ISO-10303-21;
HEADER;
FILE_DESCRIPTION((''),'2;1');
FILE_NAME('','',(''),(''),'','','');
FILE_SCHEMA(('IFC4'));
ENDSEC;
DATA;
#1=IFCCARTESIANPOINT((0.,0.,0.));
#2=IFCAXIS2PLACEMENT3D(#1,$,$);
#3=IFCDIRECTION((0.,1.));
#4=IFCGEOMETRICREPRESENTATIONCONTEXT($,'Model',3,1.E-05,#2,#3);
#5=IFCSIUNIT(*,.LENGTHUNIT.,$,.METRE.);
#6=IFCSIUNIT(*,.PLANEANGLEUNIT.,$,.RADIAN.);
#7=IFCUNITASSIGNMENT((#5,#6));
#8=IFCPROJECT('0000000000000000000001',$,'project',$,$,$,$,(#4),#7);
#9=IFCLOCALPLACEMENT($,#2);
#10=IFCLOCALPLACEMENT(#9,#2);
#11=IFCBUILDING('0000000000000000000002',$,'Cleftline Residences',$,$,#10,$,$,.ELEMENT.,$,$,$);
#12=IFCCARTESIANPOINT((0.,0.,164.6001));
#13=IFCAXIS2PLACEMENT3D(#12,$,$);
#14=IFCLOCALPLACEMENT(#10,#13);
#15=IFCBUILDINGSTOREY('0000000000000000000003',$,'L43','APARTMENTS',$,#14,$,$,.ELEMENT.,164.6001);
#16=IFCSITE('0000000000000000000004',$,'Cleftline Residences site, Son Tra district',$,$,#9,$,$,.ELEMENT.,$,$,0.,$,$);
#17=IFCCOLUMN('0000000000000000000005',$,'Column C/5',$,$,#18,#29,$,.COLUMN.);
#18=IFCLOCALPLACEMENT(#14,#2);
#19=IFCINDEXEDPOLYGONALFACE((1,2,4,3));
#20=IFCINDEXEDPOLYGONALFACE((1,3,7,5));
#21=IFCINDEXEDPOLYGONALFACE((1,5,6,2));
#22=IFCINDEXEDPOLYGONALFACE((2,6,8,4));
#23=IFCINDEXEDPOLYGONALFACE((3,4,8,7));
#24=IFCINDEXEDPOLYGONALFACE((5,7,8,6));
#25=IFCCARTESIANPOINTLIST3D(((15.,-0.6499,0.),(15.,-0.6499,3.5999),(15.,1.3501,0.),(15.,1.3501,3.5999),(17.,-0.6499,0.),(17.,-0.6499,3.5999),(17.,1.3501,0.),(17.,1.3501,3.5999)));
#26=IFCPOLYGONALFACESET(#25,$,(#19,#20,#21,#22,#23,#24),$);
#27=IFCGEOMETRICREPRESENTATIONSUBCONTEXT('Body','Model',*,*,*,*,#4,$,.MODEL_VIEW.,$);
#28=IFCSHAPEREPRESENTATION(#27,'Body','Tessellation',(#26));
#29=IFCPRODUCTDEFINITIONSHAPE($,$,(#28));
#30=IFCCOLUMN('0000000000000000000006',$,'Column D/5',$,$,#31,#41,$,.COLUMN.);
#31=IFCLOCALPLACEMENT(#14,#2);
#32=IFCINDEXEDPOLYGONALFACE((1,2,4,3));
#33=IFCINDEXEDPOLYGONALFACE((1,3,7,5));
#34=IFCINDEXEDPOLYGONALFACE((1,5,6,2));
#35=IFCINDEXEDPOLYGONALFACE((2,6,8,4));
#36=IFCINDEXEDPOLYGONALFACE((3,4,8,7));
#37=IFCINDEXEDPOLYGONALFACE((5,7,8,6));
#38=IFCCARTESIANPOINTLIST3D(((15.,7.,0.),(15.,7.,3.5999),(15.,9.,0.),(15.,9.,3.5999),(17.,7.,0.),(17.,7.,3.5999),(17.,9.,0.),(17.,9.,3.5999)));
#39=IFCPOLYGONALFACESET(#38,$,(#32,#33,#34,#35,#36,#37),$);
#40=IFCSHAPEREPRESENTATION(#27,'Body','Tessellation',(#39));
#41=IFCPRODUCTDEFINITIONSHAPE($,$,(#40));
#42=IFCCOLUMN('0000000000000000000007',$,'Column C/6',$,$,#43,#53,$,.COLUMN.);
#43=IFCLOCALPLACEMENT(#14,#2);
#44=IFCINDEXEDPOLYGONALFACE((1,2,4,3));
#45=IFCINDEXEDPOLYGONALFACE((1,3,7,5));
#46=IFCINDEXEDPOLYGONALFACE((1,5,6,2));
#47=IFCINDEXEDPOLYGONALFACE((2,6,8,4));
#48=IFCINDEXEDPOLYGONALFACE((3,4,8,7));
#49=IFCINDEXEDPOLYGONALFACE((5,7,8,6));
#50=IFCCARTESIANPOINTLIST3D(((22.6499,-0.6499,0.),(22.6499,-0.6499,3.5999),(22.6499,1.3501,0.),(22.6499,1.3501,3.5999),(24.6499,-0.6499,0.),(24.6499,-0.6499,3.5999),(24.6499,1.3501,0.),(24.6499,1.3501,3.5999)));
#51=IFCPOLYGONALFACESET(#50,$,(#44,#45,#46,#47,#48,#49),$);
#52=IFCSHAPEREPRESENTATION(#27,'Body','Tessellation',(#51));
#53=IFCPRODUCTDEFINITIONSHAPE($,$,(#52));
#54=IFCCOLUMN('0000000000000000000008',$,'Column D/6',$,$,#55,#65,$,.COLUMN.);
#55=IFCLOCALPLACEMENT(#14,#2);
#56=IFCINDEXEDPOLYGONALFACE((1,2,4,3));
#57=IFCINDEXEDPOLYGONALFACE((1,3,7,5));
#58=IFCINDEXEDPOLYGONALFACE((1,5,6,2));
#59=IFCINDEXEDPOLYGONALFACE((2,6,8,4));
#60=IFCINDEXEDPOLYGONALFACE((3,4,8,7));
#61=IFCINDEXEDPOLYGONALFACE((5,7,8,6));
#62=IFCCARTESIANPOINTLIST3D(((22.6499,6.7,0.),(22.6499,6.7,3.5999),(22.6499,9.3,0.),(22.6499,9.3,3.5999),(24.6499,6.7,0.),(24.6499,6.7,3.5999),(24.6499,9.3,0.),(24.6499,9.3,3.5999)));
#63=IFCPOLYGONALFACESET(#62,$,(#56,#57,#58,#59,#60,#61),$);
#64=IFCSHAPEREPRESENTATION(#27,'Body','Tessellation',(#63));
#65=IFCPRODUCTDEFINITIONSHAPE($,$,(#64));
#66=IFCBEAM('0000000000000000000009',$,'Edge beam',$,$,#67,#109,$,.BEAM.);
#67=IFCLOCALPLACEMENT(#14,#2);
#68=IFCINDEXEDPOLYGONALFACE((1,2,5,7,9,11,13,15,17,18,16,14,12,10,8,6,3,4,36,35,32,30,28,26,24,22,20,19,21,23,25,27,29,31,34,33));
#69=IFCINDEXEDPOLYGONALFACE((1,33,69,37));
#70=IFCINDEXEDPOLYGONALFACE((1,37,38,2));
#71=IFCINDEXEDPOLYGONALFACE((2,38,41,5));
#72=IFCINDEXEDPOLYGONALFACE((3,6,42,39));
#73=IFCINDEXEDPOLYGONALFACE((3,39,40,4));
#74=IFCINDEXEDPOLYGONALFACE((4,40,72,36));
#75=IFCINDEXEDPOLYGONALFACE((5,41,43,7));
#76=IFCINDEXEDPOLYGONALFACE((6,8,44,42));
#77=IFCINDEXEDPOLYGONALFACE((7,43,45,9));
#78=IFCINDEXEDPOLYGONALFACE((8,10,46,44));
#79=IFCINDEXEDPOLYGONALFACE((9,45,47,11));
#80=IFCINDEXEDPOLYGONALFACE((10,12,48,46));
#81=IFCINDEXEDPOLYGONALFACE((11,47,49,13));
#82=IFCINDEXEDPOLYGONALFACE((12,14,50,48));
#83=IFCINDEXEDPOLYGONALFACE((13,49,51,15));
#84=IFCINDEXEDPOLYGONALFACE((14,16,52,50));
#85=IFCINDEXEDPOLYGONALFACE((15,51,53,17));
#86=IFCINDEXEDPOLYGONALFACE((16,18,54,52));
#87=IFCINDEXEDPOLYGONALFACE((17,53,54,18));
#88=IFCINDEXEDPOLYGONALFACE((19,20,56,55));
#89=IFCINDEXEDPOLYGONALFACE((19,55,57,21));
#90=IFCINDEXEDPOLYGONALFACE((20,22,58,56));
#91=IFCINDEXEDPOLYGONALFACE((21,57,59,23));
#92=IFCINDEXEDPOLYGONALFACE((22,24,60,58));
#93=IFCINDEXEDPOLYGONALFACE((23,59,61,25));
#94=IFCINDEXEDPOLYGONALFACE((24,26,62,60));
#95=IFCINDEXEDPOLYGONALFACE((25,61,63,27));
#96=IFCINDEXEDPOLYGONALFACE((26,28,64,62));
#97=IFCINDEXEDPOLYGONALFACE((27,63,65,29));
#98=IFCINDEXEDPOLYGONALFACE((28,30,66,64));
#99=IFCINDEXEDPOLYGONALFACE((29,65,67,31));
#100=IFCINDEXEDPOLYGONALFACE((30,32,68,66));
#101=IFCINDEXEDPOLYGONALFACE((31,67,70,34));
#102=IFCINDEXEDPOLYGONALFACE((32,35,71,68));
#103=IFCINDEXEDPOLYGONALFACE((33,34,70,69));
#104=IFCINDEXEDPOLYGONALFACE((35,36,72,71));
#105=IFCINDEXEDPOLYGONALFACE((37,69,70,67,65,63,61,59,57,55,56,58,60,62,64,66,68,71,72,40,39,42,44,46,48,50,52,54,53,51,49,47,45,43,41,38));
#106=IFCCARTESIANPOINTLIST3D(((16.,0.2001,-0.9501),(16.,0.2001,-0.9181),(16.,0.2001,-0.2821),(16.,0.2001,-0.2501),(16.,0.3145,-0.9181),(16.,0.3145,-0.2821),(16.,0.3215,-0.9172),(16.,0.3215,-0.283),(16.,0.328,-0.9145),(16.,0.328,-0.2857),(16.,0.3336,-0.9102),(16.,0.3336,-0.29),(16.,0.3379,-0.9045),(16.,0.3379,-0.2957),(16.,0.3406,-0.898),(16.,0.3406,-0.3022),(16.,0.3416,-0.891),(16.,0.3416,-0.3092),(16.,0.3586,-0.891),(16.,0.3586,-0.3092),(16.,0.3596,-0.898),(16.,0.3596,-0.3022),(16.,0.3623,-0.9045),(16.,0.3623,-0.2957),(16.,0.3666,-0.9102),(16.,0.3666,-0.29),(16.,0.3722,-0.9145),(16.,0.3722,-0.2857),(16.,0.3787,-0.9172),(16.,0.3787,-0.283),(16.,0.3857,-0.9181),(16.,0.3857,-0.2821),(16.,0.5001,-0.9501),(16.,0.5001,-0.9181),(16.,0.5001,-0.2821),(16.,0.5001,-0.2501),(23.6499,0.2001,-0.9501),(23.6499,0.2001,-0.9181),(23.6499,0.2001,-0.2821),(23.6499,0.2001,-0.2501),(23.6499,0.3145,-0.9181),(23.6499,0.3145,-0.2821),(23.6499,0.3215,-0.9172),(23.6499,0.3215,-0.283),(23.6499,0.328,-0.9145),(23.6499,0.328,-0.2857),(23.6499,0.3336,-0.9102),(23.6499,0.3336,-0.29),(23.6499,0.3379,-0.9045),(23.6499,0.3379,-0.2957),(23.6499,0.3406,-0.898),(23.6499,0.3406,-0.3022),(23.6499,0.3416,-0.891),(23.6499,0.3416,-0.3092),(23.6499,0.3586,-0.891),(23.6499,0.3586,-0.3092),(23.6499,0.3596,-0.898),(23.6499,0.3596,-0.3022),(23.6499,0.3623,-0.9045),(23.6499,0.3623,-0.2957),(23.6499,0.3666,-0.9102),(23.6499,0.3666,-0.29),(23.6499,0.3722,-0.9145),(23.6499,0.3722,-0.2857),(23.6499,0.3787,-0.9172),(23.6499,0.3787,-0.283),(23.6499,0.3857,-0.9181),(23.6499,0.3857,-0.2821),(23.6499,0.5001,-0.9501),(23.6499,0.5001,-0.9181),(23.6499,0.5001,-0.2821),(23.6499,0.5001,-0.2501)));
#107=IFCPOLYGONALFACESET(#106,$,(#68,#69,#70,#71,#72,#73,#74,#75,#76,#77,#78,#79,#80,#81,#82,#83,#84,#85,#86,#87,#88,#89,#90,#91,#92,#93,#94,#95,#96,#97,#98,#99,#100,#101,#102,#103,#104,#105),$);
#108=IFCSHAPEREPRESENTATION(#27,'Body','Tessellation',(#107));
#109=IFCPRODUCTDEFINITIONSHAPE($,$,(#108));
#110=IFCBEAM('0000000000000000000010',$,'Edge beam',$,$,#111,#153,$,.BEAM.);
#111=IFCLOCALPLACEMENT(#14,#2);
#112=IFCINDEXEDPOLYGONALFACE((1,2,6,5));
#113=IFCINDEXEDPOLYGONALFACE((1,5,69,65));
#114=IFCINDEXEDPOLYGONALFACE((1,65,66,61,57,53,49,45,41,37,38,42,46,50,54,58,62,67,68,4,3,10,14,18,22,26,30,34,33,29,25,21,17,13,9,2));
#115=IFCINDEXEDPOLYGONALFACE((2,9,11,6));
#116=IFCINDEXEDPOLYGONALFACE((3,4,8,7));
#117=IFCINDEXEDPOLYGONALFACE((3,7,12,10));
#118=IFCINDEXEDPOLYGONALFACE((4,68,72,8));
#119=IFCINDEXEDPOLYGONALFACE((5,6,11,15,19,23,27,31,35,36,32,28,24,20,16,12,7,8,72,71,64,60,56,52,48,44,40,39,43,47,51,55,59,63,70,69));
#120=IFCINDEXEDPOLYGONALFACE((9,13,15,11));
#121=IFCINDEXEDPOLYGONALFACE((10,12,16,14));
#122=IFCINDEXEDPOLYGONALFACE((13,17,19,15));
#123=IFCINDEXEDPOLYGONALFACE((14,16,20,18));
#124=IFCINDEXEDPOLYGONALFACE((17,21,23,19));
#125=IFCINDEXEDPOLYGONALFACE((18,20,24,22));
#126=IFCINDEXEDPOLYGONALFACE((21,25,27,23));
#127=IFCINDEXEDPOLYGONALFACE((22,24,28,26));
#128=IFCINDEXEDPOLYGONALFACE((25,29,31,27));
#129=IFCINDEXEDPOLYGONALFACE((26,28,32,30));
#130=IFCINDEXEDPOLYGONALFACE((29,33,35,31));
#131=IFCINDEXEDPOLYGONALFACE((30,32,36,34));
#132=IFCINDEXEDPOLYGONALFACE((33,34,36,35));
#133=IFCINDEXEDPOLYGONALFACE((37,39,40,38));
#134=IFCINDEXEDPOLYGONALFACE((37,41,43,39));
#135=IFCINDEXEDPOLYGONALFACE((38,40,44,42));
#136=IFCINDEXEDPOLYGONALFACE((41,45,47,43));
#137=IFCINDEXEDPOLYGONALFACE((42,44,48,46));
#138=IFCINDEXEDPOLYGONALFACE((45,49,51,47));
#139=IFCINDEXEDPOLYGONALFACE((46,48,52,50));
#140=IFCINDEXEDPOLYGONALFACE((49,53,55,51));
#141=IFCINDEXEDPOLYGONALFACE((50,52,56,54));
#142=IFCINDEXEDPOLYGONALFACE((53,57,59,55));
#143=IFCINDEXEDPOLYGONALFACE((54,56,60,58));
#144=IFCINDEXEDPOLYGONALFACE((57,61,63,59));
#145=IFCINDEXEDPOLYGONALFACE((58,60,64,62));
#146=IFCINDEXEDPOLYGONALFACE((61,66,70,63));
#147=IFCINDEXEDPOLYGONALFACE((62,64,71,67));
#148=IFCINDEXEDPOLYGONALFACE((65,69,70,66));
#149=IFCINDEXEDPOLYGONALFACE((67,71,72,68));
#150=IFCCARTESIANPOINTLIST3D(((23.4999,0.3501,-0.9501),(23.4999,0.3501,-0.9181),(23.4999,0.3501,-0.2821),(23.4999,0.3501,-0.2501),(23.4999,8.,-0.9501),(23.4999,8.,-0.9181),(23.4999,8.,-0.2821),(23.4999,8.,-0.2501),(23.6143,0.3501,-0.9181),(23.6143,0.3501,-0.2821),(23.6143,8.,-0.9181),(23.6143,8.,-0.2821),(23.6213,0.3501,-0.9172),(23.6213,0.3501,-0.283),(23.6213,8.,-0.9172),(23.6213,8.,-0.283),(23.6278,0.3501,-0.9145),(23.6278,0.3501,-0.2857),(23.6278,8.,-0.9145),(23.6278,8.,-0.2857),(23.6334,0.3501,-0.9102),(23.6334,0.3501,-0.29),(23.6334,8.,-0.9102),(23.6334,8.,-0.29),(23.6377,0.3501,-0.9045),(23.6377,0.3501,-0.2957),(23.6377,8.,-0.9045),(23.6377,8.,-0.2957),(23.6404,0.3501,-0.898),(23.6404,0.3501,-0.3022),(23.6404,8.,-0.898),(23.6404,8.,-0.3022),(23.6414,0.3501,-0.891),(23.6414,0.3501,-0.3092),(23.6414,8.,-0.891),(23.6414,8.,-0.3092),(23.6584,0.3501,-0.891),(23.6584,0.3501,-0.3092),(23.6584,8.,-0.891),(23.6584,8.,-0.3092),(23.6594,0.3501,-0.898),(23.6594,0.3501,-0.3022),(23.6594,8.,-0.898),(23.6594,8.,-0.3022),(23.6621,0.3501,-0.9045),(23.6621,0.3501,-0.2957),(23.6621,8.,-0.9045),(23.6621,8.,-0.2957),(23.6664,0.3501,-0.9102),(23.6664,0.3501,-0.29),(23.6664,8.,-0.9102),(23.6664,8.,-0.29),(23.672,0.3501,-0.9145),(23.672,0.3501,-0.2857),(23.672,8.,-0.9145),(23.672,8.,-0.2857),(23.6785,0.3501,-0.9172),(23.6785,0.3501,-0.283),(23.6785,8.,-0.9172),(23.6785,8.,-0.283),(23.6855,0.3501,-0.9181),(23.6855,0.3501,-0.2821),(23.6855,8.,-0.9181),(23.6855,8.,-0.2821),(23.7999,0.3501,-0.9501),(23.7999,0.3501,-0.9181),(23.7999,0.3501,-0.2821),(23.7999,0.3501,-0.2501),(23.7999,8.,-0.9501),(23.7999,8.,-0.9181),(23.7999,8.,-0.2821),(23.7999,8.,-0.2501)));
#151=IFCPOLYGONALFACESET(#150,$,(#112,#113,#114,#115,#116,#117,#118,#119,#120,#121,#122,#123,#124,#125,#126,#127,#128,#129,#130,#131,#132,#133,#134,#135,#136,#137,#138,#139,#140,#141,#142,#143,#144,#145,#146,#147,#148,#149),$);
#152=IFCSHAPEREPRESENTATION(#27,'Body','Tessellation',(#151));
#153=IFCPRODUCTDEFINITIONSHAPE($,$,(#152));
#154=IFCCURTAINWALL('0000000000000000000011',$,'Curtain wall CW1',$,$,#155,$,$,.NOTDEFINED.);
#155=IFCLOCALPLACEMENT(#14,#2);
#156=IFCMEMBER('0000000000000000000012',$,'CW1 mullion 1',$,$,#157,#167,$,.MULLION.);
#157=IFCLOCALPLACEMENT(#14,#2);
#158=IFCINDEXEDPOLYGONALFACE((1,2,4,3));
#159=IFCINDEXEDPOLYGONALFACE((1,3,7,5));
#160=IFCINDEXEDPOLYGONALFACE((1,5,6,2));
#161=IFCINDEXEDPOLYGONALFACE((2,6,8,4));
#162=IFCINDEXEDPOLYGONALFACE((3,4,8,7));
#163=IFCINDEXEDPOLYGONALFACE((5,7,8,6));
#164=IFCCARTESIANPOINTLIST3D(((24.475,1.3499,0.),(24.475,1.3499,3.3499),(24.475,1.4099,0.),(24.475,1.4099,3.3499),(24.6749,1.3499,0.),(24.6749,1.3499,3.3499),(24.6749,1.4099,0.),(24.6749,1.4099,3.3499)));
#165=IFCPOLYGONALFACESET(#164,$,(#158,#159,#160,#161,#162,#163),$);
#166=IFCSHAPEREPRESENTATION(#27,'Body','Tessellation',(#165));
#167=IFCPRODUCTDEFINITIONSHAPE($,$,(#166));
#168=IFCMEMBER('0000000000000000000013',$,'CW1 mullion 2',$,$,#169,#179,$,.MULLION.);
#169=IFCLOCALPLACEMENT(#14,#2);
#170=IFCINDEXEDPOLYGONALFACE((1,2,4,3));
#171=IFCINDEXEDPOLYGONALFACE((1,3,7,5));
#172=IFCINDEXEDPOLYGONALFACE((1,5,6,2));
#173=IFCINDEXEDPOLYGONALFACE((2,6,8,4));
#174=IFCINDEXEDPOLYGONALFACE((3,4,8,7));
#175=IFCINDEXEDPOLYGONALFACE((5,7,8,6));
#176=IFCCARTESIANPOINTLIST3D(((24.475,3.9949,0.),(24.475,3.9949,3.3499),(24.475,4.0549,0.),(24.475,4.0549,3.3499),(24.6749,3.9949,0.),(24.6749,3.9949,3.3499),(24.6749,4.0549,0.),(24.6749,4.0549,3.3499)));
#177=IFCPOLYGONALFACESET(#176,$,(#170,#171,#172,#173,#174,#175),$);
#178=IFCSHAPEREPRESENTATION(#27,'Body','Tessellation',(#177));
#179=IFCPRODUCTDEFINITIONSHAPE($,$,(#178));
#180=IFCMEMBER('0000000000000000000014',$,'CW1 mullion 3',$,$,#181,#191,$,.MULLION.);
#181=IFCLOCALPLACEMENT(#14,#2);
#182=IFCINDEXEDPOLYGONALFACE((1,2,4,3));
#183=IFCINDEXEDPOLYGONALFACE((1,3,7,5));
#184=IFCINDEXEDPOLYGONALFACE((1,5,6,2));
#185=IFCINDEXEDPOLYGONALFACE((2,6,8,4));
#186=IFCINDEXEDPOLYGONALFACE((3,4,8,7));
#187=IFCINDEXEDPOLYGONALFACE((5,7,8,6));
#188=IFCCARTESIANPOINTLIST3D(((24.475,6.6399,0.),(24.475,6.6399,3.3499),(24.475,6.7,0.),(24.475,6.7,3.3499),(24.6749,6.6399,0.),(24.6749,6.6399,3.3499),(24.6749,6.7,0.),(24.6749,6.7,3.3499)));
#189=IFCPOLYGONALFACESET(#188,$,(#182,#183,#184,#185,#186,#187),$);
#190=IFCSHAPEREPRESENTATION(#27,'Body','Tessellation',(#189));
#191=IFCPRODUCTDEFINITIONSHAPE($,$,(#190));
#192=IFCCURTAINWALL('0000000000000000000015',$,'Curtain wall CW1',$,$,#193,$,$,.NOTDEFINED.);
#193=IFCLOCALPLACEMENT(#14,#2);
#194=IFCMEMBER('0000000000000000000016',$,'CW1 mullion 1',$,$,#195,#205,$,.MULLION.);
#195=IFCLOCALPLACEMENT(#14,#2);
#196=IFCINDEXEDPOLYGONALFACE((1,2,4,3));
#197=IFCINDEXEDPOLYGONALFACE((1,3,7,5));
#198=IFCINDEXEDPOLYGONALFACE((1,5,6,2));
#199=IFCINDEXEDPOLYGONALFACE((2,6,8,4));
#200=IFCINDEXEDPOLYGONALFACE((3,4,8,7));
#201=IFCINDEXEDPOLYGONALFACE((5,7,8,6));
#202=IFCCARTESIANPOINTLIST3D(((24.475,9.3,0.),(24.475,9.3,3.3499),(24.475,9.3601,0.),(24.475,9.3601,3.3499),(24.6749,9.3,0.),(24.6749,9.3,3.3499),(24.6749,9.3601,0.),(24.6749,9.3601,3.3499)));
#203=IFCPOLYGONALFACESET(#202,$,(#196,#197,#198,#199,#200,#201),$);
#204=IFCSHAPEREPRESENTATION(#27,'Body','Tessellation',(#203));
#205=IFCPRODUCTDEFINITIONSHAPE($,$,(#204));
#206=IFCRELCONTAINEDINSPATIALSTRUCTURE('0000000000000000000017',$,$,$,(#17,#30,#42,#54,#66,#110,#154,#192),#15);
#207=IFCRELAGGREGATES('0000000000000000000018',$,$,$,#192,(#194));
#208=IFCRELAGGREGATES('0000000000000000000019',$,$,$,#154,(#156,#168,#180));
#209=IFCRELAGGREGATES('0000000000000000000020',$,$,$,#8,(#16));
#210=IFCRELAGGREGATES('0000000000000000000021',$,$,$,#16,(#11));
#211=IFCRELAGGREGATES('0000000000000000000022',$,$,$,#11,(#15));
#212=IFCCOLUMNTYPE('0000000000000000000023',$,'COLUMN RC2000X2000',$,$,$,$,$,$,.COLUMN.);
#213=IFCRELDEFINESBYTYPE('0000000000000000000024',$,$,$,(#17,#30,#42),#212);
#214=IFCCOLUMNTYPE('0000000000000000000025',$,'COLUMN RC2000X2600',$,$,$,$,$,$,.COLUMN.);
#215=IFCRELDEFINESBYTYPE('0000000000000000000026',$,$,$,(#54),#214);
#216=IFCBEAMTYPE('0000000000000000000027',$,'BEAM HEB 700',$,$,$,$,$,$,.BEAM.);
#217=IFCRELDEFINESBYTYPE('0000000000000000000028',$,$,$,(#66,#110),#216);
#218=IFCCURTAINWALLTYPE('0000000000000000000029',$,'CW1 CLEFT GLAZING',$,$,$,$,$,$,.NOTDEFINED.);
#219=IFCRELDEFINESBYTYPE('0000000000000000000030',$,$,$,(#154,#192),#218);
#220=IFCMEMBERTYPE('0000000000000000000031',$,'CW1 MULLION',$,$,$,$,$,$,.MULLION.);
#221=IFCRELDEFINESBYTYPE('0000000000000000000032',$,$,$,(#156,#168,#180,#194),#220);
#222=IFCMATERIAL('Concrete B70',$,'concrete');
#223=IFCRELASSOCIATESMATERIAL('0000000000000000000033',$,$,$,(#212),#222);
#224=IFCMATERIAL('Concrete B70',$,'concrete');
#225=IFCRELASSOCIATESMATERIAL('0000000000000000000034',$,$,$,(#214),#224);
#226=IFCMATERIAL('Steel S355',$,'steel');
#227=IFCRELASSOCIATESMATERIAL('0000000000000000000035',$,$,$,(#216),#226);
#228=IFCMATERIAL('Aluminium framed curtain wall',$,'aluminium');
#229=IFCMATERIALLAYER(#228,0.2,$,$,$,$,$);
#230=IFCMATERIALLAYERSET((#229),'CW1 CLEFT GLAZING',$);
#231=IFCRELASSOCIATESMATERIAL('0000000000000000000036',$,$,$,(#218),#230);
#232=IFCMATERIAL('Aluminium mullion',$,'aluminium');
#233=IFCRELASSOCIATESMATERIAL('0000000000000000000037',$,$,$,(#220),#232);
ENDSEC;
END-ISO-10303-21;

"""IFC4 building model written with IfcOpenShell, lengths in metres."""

from ifc_helpers import new_model, si_unit, direction, frame, origin, origin_2d, place, context, subcontext, project, spatial, rectangle, i_section, extrude, material, layer, layer_set, material_profile, profile_set, type_object, element, aggregate, save


model = new_model("IFC4")

# Units and contexts
model_context = context("Model", 3, precision=1e-05, world=origin(), true_north=direction((0.0, 1.0)))
body_context = subcontext(model_context, "Body", "Model", "MODEL_VIEW")
ifc_project = project(units=[si_unit("LENGTHUNIT", "METRE"), si_unit("PLANEANGLEUNIT", "RADIAN")], contexts=[model_context])

# Site, building, storey
site_placement = place(None, origin())
site = spatial("IfcSite", under=ifc_project, at=site_placement, Name="Cleftline Residences site, Son Tra district", CompositionType="ELEMENT", RefElevation=0.0)
building_placement = place(site_placement, origin())
building = spatial("IfcBuilding", under=site, at=building_placement, Name="Cleftline Residences", CompositionType="ELEMENT")
storey_placement = place(building_placement, frame((0.0, 0.0, 164.6001)))
storey = spatial("IfcBuildingStorey", under=building, at=storey_placement, Name="L43", Description="APARTMENTS", CompositionType="ELEMENT", Elevation=164.6001)

# Columns
ifc_material_1 = material(Name="Concrete B70", Category="concrete")
ifc_material_profile_1 = material_profile(ifc_material_1, rectangle(XDim=2.0, YDim=2.0, at=origin_2d()))
ifc_profile_set_1 = profile_set([ifc_material_profile_1], Name="Concrete B70")
column_type_1 = type_object("IfcColumnType", Name="COLUMN RC2000X2000", PredefinedType="COLUMN", material=ifc_profile_set_1)
for number, where, z_axis, x_axis, name in (
    (1, (16.0, 0.3501, 0.0), (0.0, 0.0, 1.0), (1.0, 0.0, 0.0), "Column C/5"),
    (2, (16.0, 8.0, 0.0), (0.0, 0.0, 1.0), (1.0, 0.0, 0.0), "Column D/5"),
    (3, (23.6499, 0.3501, 0.0), (0.0, 0.0, 1.0), (1.0, 0.0, 0.0), "Column C/6"),
):
    element("IfcColumn", number, at=place(storey_placement, frame(where, z_axis=z_axis, x_axis=x_axis)), inside=storey, type_object=column_type_1, Name=name, PredefinedType="COLUMN", context=body_context, shape_type="SweptSolid", body=[
        extrude(rectangle(XDim=2.0, YDim=2.0, at=origin_2d()), origin(), (0.0, 0.0, 1.0), 3.5999),
    ])
ifc_material_2 = material(Name="Concrete B70", Category="concrete")
ifc_material_profile_2 = material_profile(ifc_material_2, rectangle(XDim=2.0, YDim=2.6001, at=origin_2d()))
ifc_profile_set_2 = profile_set([ifc_material_profile_2], Name="Concrete B70")
column_type_2 = type_object("IfcColumnType", Name="COLUMN RC2000X2600", PredefinedType="COLUMN", material=ifc_profile_set_2)
column_placement = place(storey_placement, frame((23.6499, 8.0, 0.0), z_axis=(0.0, 0.0, 1.0), x_axis=(1.0, 0.0, 0.0)))
element("IfcColumn", 4, at=column_placement, inside=storey, type_object=column_type_2, Name="Column D/6", PredefinedType="COLUMN", context=body_context, shape_type="SweptSolid", body=[
    extrude(rectangle(XDim=2.0, YDim=2.6001, at=origin_2d()), origin(), (0.0, 0.0, 1.0), 3.5999),
])

# Beams
ifc_material_3 = material(Name="Steel S355", Category="steel")
ifc_material_profile_3 = material_profile(ifc_material_3, i_section(OverallWidth=0.3, OverallDepth=0.7, WebThickness=0.0171, FlangeThickness=0.032, FilletRadius=0.0271, at=origin_2d()))
ifc_profile_set_3 = profile_set([ifc_material_profile_3], Name="Steel S355")
beam_type = type_object("IfcBeamType", Name="BEAM HEB 700", PredefinedType="BEAM", material=ifc_profile_set_3)
for number, where, z_axis, x_axis, name in (
    (5, (16.0, 0.3501, -0.6001), (1.0, 0.0, 0.0), (0.0, 1.0, 0.0), "Edge beam"),
    (6, (23.6499, 0.3501, -0.6001), (0.0, 1.0, 0.0), (-1.0, 0.0, 0.0), "Edge beam"),
):
    element("IfcBeam", number, at=place(storey_placement, frame(where, z_axis=z_axis, x_axis=x_axis)), inside=storey, type_object=beam_type, Name=name, PredefinedType="BEAM", context=body_context, shape_type="SweptSolid", body=[
        extrude(i_section(OverallWidth=0.3, OverallDepth=0.7, WebThickness=0.0171, FlangeThickness=0.032, FilletRadius=0.0271, at=origin_2d()), origin(), (0.0, 0.0, 1.0), 7.6499),
    ])

# Curtain wall, members
ifc_material_4 = material(Name="Aluminium framed curtain wall", Category="aluminium")
ifc_layer_1 = layer(ifc_material_4, 0.2)
ifc_layer_set_1 = layer_set([ifc_layer_1], Name="CW1 CLEFT GLAZING")
curtain_wall_type = type_object("IfcCurtainWallType", Name="CW1 CLEFT GLAZING", PredefinedType="NOTDEFINED", material=ifc_layer_set_1)
curtain_wall_1_placement = place(storey_placement, origin())
curtain_wall_1 = element("IfcCurtainWall", 7, at=curtain_wall_1_placement, inside=storey, type_object=curtain_wall_type, Name="Curtain wall CW1", PredefinedType="NOTDEFINED")
ifc_material_5 = material(Name="Aluminium mullion", Category="aluminium")
ifc_material_profile_4 = material_profile(ifc_material_5, rectangle(XDim=0.2, YDim=0.0601, at=origin_2d()))
ifc_profile_set_4 = profile_set([ifc_material_profile_4], Name="Aluminium mullion")
member_type_1 = type_object("IfcMemberType", Name="CW1 MULLION", PredefinedType="MULLION", material=ifc_profile_set_4)
member_1_placement = place(storey_placement, frame((24.575, 1.3799, 0.0), z_axis=(0.0, 0.0, 1.0), x_axis=(-1.0, 0.0, 0.0)))
member_1 = element("IfcMember", 8, at=member_1_placement, type_object=member_type_1, Name="CW1 mullion 1", PredefinedType="MULLION", context=body_context, shape_type="SweptSolid", body=[
    extrude(rectangle(XDim=0.2, YDim=0.0601, at=origin_2d()), origin(), (0.0, 0.0, 1.0), 3.3499),
])
member_2_placement = place(storey_placement, frame((24.575, 4.0249, 0.0), z_axis=(0.0, 0.0, 1.0), x_axis=(-1.0, 0.0, 0.0)))
member_2 = element("IfcMember", 9, at=member_2_placement, type_object=member_type_1, Name="CW1 mullion 2", PredefinedType="MULLION", context=body_context, shape_type="SweptSolid", body=[
    extrude(rectangle(XDim=0.2, YDim=0.0601, at=origin_2d()), origin(), (0.0, 0.0, 1.0), 3.3499),
])
member_3_placement = place(storey_placement, frame((24.575, 6.6699, 0.0), z_axis=(0.0, 0.0, 1.0), x_axis=(-1.0, 0.0, 0.0)))
member_3 = element("IfcMember", 10, at=member_3_placement, type_object=member_type_1, Name="CW1 mullion 3", PredefinedType="MULLION", context=body_context, shape_type="SweptSolid", body=[
    extrude(rectangle(XDim=0.2, YDim=0.0601, at=origin_2d()), origin(), (0.0, 0.0, 1.0), 3.3499),
])

# Curtain wall, member
curtain_wall_2_placement = place(storey_placement, origin())
curtain_wall_2 = element("IfcCurtainWall", 11, at=curtain_wall_2_placement, inside=storey, type_object=curtain_wall_type, Name="Curtain wall CW1", PredefinedType="NOTDEFINED")
member_4_placement = place(storey_placement, frame((24.575, 9.3301, 0.0), z_axis=(0.0, 0.0, 1.0), x_axis=(-1.0, 0.0, 0.0)))
member_4 = element("IfcMember", 12, at=member_4_placement, type_object=member_type_1, Name="CW1 mullion 1", PredefinedType="MULLION", context=body_context, shape_type="SweptSolid", body=[
    extrude(rectangle(XDim=0.2, YDim=0.0601, at=origin_2d()), origin(), (0.0, 0.0, 1.0), 3.3499),
])

aggregate(curtain_wall_2, [member_4])

aggregate(curtain_wall_1, [member_1, member_2, member_3])

save(model, "model.ifc")
